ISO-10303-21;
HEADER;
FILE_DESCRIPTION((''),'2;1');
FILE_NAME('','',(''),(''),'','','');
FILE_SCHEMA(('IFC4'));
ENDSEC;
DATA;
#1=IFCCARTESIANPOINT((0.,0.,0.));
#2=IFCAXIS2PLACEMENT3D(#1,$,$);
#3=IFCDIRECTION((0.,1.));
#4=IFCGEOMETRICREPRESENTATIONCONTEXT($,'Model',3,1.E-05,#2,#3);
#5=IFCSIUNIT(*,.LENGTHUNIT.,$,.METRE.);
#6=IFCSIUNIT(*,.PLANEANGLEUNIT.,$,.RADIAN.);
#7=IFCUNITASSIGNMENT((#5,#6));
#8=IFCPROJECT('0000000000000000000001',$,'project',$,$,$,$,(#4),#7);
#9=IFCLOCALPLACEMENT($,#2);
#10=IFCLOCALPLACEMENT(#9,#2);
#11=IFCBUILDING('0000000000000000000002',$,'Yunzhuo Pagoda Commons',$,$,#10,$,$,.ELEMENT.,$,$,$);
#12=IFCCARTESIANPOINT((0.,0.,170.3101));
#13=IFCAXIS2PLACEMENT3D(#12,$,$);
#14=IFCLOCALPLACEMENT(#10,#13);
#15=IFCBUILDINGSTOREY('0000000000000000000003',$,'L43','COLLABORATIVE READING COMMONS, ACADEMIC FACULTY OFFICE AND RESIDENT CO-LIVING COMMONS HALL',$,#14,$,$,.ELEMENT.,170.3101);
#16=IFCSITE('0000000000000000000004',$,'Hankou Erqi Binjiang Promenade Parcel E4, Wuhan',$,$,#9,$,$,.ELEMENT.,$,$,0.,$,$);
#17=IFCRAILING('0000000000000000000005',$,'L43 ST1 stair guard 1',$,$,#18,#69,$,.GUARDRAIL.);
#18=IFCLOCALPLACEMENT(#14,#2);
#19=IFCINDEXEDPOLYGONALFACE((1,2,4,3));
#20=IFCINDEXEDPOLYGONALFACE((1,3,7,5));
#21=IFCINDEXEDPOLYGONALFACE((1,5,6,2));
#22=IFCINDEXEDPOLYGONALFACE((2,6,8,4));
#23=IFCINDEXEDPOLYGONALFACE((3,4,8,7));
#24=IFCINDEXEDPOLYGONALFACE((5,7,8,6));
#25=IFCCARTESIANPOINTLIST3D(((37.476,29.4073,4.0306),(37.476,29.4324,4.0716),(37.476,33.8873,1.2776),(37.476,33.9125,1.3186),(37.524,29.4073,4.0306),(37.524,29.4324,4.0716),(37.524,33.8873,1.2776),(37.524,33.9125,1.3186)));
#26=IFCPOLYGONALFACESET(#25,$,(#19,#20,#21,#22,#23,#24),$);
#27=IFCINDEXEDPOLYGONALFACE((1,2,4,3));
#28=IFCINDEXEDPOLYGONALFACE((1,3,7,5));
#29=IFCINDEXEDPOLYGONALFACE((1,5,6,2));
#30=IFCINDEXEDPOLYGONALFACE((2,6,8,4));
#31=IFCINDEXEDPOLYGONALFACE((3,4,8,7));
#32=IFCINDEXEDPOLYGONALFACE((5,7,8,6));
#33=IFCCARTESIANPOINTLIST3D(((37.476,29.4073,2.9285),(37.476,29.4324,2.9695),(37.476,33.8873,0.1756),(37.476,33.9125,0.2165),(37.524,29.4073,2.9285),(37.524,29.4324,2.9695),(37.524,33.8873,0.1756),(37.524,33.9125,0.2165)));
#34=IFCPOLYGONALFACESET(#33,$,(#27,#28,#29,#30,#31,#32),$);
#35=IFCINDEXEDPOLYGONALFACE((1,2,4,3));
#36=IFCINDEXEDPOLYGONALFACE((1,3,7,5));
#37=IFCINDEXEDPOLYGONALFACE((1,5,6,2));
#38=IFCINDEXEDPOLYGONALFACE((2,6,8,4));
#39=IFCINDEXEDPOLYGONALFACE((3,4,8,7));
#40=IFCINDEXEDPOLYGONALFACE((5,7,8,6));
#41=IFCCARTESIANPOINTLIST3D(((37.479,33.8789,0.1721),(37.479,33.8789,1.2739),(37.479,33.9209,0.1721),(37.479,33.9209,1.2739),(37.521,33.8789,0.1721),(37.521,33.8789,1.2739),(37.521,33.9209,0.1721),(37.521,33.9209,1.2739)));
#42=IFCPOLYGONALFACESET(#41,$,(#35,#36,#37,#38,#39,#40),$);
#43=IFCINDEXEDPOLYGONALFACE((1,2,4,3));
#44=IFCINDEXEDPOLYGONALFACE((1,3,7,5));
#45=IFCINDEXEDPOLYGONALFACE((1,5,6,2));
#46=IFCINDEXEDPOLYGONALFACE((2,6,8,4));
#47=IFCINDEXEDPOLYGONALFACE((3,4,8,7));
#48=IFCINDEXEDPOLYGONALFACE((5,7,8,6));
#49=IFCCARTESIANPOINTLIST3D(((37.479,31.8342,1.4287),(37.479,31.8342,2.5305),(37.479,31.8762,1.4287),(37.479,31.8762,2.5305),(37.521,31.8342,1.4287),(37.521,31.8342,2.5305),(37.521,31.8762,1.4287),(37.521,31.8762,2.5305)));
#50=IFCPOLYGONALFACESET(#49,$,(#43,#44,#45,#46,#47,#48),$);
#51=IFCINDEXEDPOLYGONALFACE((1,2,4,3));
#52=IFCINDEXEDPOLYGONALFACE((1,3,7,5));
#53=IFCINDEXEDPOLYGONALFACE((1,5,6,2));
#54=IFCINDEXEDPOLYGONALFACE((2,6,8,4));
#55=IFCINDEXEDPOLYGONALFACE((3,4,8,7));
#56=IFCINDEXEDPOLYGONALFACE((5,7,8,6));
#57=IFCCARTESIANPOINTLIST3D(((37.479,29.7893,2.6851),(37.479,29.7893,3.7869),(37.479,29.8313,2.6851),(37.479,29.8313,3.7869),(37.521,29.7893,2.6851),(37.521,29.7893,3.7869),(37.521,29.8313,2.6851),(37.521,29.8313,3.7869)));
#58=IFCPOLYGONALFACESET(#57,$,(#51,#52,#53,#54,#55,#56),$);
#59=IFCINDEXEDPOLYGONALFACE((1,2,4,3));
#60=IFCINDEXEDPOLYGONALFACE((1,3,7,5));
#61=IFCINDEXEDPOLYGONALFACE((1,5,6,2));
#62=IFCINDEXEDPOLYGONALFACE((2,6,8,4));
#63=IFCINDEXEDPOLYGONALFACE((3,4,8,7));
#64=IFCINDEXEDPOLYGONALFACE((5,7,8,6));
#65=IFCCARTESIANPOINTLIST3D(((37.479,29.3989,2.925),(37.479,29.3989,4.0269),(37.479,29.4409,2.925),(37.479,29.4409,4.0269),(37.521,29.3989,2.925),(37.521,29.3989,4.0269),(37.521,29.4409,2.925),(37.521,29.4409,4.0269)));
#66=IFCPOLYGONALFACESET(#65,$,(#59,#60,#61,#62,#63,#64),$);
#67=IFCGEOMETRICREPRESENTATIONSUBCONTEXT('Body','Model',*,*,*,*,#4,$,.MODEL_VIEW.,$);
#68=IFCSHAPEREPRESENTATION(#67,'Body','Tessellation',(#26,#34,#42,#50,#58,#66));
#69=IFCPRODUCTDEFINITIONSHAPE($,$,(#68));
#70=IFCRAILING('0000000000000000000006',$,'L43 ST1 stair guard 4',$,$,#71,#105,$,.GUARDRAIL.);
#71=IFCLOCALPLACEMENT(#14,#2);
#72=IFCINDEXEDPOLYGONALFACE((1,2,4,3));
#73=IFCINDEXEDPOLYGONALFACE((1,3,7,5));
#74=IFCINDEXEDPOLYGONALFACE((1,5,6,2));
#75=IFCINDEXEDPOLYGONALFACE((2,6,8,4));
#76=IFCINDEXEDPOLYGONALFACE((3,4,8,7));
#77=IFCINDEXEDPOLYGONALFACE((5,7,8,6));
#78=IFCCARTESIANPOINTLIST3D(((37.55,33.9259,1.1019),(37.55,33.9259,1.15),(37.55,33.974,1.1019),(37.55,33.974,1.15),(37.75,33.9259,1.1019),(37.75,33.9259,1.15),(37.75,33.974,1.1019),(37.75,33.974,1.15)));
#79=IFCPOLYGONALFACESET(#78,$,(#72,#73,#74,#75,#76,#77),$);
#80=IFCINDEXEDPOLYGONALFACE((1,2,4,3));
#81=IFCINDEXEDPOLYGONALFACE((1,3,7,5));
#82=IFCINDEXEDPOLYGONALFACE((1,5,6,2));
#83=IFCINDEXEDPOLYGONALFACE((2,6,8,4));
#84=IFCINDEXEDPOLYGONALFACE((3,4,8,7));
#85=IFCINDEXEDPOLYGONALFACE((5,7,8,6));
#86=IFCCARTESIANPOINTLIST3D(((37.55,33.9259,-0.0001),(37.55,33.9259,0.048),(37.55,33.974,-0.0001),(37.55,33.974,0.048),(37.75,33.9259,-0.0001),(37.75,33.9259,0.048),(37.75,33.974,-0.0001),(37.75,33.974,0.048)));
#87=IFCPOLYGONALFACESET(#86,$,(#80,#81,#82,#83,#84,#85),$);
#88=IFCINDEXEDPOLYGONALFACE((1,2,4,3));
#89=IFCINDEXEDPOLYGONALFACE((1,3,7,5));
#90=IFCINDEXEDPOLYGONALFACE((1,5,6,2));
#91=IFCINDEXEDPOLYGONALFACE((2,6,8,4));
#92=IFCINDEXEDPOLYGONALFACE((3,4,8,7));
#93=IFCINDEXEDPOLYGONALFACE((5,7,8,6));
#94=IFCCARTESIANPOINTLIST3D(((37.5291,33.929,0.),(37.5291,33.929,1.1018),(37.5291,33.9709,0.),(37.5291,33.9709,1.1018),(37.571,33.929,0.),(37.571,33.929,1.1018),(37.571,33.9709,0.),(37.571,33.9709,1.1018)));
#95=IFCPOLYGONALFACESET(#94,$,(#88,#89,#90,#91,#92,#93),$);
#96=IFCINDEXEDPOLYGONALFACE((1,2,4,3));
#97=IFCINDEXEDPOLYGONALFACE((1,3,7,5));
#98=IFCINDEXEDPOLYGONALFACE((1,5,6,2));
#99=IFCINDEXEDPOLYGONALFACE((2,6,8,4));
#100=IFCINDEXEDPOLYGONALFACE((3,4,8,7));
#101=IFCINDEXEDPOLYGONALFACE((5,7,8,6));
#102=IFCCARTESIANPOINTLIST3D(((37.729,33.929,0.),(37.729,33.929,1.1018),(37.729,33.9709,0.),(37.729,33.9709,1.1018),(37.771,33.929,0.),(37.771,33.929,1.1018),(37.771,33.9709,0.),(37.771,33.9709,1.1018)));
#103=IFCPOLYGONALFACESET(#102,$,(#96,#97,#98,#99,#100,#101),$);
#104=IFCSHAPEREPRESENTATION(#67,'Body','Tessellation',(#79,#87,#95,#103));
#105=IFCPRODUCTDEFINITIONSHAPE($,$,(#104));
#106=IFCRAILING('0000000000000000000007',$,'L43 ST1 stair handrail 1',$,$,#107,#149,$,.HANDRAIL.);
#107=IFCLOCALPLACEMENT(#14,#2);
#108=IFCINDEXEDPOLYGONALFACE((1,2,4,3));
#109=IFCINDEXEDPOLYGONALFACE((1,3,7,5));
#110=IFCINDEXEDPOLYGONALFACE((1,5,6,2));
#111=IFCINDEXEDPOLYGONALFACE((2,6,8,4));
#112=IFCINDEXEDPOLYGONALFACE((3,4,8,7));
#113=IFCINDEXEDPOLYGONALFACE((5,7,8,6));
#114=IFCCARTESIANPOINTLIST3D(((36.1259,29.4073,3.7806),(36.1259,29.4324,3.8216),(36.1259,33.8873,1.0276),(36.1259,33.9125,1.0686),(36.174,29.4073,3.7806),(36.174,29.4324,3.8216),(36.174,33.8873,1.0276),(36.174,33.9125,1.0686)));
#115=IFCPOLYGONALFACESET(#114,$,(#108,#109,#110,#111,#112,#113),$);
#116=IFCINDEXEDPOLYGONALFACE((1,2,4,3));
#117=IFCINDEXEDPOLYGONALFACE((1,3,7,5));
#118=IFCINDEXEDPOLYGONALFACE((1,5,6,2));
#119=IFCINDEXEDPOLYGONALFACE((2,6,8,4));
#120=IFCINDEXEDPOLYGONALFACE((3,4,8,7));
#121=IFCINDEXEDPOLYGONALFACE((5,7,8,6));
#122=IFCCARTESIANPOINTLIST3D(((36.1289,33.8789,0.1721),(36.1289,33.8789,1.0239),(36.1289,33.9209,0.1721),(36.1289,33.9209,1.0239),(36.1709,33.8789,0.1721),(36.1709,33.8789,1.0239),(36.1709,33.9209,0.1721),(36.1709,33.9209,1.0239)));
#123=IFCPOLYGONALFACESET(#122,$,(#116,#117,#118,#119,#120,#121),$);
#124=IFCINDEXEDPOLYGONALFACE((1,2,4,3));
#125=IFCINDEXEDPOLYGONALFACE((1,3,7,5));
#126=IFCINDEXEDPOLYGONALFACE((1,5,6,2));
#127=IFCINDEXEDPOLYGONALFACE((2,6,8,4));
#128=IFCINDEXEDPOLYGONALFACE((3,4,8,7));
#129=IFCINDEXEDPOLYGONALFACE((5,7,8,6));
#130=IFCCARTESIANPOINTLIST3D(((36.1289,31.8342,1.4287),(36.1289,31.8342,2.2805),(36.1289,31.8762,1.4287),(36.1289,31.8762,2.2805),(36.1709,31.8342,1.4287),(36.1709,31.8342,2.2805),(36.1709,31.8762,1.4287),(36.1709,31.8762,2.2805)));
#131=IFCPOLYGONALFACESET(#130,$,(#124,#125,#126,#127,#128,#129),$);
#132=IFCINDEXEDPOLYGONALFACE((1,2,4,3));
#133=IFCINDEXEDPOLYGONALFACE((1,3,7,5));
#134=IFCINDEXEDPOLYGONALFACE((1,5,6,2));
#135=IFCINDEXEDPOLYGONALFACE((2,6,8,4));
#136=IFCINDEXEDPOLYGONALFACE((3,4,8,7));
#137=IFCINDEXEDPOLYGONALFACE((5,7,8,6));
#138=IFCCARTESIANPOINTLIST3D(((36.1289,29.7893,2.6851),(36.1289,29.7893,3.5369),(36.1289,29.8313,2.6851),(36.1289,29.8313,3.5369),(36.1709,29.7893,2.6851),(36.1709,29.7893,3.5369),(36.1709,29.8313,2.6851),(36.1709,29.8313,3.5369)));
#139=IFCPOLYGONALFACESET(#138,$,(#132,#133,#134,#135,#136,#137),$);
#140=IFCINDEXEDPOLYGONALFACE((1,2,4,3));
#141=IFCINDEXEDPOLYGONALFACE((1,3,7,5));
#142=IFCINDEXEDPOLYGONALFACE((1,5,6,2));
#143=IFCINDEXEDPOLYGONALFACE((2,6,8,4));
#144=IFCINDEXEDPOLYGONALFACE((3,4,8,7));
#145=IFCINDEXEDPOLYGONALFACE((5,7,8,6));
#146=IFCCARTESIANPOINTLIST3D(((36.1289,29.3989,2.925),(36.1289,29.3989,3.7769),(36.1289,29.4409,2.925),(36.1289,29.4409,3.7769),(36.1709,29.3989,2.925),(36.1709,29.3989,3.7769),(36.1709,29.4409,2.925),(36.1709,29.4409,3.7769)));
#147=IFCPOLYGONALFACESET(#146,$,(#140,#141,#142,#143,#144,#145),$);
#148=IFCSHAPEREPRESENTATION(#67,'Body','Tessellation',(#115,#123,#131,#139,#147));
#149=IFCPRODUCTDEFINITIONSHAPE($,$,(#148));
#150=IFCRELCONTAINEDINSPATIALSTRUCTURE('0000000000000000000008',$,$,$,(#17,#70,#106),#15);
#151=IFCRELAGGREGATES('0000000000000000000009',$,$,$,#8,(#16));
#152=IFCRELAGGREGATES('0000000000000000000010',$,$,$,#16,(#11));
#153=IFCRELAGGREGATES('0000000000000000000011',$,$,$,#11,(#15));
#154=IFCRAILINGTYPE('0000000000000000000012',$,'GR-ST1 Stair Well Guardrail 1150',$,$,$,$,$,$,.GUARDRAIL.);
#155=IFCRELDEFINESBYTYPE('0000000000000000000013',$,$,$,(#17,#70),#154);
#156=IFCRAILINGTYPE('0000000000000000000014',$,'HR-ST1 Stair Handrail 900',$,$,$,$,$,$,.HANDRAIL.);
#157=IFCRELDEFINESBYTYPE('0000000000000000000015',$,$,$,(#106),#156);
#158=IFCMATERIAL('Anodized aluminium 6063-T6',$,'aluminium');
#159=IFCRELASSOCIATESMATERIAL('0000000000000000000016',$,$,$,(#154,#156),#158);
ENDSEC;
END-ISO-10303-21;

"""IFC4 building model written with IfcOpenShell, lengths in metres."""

from ifc_helpers import new_model, si_unit, direction, frame, origin, origin_2d, place, context, subcontext, project, spatial, rectangle, extrude, material, type_object, element, save


model = new_model("IFC4")

# Units and contexts
model_context = context("Model", 3, precision=1e-05, world=origin(), true_north=direction((0.0, 1.0)))
body_context = subcontext(model_context, "Body", "Model", "MODEL_VIEW")
ifc_project = project(units=[si_unit("LENGTHUNIT", "METRE"), si_unit("PLANEANGLEUNIT", "RADIAN")], contexts=[model_context])

# Site, building, storey
site_placement = place(None, origin())
site = spatial("IfcSite", under=ifc_project, at=site_placement, Name="Hankou Erqi Binjiang Promenade Parcel E4, Wuhan", CompositionType="ELEMENT", RefElevation=0.0)
building_placement = place(site_placement, origin())
building = spatial("IfcBuilding", under=site, at=building_placement, Name="Yunzhuo Pagoda Commons", CompositionType="ELEMENT")
storey_placement = place(building_placement, frame((0.0, 0.0, 170.3101)))
storey = spatial("IfcBuildingStorey", under=building, at=storey_placement, Name="L43", Description="COLLABORATIVE READING COMMONS, ACADEMIC FACULTY OFFICE AND RESIDENT CO-LIVING COMMONS HALL", CompositionType="ELEMENT", Elevation=170.3101)

# Railings
ifc_material_1 = material(Name="Anodized aluminium 6063-T6", Category="aluminium")
railing_type_1 = type_object("IfcRailingType", Name="GR-ST1 Stair Well Guardrail 1150", PredefinedType="GUARDRAIL", material=ifc_material_1)
railing_1_placement = place(storey_placement, frame((37.5, 33.8999, 0.1721)))
element("IfcRailing", 1, at=railing_1_placement, inside=storey, type_object=railing_type_1, Name="L43 ST1 stair guard 1", PredefinedType="GUARDRAIL", context=body_context, shape_type="SweptSolid", body=[
    extrude(rectangle(XDim=0.0481, YDim=0.0481, at=origin_2d()), frame((0.0, 0.0, 1.126), z_axis=(0.0, -0.851996, 0.523548), x_axis=(1.0, 0.0, 0.0)), (0.0, 0.0, 1.0), 5.2583),
    extrude(rectangle(XDim=0.0481, YDim=0.0481, at=origin_2d()), frame((0.0, 0.0, 0.0239), z_axis=(0.0, -0.851996, 0.523548), x_axis=(1.0, 0.0, 0.0)), (0.0, 0.0, 1.0), 5.2583),
    extrude(rectangle(XDim=0.042, YDim=0.042, at=origin_2d()), origin(), (0.0, 0.0, 1.0), 1.1018),
    extrude(rectangle(XDim=0.042, YDim=0.042, at=origin_2d()), frame((0.0, -2.0447, 1.2566)), (0.0, 0.0, 1.0), 1.1018),
    extrude(rectangle(XDim=0.042, YDim=0.042, at=origin_2d()), frame((0.0, -4.0896, 2.5129)), (0.0, 0.0, 1.0), 1.1018),
    extrude(rectangle(XDim=0.042, YDim=0.042, at=origin_2d()), frame((0.0, -4.48, 2.7529)), (0.0, 0.0, 1.0), 1.1018),
])
railing_2_placement = place(storey_placement, frame((37.55, 33.95, 0.0)))
element("IfcRailing", 2, at=railing_2_placement, inside=storey, type_object=railing_type_1, Name="L43 ST1 stair guard 4", PredefinedType="GUARDRAIL", context=body_context, shape_type="SweptSolid", body=[
    extrude(rectangle(XDim=0.0481, YDim=0.0481, at=origin_2d()), frame((0.0, 0.0, 1.126), z_axis=(1.0, 0.0, 0.0), x_axis=(0.0, 1.0, 0.0)), (0.0, 0.0, 1.0), 0.2),
    extrude(rectangle(XDim=0.0481, YDim=0.0481, at=origin_2d()), frame((0.0, 0.0, 0.0239), z_axis=(1.0, 0.0, 0.0), x_axis=(0.0, 1.0, 0.0)), (0.0, 0.0, 1.0), 0.2),
    extrude(rectangle(XDim=0.042, YDim=0.042, at=origin_2d()), origin(), (0.0, 0.0, 1.0), 1.1018),
    extrude(rectangle(XDim=0.042, YDim=0.042, at=origin_2d()), frame((0.2, 0.0, 0.0)), (0.0, 0.0, 1.0), 1.1018),
])
railing_type_2 = type_object("IfcRailingType", Name="HR-ST1 Stair Handrail 900", PredefinedType="HANDRAIL", material=ifc_material_1)
railing_3_placement = place(storey_placement, frame((36.1499, 33.8999, 0.1721)))
element("IfcRailing", 3, at=railing_3_placement, inside=storey, type_object=railing_type_2, Name="L43 ST1 stair handrail 1", PredefinedType="HANDRAIL", context=body_context, shape_type="SweptSolid", body=[
    extrude(rectangle(XDim=0.0481, YDim=0.0481, at=origin_2d()), frame((0.0, 0.0, 0.876), z_axis=(0.0, -0.851996, 0.523548), x_axis=(1.0, 0.0, 0.0)), (0.0, 0.0, 1.0), 5.2583),
    extrude(rectangle(XDim=0.042, YDim=0.042, at=origin_2d()), origin(), (0.0, 0.0, 1.0), 0.8518),
    extrude(rectangle(XDim=0.042, YDim=0.042, at=origin_2d()), frame((0.0, -2.0447, 1.2566)), (0.0, 0.0, 1.0), 0.8518),
    extrude(rectangle(XDim=0.042, YDim=0.042, at=origin_2d()), frame((0.0, -4.0896, 2.5129)), (0.0, 0.0, 1.0), 0.8518),
    extrude(rectangle(XDim=0.042, YDim=0.042, at=origin_2d()), frame((0.0, -4.48, 2.7529)), (0.0, 0.0, 1.0), 0.8518),
])

save(model, "model.ifc")
